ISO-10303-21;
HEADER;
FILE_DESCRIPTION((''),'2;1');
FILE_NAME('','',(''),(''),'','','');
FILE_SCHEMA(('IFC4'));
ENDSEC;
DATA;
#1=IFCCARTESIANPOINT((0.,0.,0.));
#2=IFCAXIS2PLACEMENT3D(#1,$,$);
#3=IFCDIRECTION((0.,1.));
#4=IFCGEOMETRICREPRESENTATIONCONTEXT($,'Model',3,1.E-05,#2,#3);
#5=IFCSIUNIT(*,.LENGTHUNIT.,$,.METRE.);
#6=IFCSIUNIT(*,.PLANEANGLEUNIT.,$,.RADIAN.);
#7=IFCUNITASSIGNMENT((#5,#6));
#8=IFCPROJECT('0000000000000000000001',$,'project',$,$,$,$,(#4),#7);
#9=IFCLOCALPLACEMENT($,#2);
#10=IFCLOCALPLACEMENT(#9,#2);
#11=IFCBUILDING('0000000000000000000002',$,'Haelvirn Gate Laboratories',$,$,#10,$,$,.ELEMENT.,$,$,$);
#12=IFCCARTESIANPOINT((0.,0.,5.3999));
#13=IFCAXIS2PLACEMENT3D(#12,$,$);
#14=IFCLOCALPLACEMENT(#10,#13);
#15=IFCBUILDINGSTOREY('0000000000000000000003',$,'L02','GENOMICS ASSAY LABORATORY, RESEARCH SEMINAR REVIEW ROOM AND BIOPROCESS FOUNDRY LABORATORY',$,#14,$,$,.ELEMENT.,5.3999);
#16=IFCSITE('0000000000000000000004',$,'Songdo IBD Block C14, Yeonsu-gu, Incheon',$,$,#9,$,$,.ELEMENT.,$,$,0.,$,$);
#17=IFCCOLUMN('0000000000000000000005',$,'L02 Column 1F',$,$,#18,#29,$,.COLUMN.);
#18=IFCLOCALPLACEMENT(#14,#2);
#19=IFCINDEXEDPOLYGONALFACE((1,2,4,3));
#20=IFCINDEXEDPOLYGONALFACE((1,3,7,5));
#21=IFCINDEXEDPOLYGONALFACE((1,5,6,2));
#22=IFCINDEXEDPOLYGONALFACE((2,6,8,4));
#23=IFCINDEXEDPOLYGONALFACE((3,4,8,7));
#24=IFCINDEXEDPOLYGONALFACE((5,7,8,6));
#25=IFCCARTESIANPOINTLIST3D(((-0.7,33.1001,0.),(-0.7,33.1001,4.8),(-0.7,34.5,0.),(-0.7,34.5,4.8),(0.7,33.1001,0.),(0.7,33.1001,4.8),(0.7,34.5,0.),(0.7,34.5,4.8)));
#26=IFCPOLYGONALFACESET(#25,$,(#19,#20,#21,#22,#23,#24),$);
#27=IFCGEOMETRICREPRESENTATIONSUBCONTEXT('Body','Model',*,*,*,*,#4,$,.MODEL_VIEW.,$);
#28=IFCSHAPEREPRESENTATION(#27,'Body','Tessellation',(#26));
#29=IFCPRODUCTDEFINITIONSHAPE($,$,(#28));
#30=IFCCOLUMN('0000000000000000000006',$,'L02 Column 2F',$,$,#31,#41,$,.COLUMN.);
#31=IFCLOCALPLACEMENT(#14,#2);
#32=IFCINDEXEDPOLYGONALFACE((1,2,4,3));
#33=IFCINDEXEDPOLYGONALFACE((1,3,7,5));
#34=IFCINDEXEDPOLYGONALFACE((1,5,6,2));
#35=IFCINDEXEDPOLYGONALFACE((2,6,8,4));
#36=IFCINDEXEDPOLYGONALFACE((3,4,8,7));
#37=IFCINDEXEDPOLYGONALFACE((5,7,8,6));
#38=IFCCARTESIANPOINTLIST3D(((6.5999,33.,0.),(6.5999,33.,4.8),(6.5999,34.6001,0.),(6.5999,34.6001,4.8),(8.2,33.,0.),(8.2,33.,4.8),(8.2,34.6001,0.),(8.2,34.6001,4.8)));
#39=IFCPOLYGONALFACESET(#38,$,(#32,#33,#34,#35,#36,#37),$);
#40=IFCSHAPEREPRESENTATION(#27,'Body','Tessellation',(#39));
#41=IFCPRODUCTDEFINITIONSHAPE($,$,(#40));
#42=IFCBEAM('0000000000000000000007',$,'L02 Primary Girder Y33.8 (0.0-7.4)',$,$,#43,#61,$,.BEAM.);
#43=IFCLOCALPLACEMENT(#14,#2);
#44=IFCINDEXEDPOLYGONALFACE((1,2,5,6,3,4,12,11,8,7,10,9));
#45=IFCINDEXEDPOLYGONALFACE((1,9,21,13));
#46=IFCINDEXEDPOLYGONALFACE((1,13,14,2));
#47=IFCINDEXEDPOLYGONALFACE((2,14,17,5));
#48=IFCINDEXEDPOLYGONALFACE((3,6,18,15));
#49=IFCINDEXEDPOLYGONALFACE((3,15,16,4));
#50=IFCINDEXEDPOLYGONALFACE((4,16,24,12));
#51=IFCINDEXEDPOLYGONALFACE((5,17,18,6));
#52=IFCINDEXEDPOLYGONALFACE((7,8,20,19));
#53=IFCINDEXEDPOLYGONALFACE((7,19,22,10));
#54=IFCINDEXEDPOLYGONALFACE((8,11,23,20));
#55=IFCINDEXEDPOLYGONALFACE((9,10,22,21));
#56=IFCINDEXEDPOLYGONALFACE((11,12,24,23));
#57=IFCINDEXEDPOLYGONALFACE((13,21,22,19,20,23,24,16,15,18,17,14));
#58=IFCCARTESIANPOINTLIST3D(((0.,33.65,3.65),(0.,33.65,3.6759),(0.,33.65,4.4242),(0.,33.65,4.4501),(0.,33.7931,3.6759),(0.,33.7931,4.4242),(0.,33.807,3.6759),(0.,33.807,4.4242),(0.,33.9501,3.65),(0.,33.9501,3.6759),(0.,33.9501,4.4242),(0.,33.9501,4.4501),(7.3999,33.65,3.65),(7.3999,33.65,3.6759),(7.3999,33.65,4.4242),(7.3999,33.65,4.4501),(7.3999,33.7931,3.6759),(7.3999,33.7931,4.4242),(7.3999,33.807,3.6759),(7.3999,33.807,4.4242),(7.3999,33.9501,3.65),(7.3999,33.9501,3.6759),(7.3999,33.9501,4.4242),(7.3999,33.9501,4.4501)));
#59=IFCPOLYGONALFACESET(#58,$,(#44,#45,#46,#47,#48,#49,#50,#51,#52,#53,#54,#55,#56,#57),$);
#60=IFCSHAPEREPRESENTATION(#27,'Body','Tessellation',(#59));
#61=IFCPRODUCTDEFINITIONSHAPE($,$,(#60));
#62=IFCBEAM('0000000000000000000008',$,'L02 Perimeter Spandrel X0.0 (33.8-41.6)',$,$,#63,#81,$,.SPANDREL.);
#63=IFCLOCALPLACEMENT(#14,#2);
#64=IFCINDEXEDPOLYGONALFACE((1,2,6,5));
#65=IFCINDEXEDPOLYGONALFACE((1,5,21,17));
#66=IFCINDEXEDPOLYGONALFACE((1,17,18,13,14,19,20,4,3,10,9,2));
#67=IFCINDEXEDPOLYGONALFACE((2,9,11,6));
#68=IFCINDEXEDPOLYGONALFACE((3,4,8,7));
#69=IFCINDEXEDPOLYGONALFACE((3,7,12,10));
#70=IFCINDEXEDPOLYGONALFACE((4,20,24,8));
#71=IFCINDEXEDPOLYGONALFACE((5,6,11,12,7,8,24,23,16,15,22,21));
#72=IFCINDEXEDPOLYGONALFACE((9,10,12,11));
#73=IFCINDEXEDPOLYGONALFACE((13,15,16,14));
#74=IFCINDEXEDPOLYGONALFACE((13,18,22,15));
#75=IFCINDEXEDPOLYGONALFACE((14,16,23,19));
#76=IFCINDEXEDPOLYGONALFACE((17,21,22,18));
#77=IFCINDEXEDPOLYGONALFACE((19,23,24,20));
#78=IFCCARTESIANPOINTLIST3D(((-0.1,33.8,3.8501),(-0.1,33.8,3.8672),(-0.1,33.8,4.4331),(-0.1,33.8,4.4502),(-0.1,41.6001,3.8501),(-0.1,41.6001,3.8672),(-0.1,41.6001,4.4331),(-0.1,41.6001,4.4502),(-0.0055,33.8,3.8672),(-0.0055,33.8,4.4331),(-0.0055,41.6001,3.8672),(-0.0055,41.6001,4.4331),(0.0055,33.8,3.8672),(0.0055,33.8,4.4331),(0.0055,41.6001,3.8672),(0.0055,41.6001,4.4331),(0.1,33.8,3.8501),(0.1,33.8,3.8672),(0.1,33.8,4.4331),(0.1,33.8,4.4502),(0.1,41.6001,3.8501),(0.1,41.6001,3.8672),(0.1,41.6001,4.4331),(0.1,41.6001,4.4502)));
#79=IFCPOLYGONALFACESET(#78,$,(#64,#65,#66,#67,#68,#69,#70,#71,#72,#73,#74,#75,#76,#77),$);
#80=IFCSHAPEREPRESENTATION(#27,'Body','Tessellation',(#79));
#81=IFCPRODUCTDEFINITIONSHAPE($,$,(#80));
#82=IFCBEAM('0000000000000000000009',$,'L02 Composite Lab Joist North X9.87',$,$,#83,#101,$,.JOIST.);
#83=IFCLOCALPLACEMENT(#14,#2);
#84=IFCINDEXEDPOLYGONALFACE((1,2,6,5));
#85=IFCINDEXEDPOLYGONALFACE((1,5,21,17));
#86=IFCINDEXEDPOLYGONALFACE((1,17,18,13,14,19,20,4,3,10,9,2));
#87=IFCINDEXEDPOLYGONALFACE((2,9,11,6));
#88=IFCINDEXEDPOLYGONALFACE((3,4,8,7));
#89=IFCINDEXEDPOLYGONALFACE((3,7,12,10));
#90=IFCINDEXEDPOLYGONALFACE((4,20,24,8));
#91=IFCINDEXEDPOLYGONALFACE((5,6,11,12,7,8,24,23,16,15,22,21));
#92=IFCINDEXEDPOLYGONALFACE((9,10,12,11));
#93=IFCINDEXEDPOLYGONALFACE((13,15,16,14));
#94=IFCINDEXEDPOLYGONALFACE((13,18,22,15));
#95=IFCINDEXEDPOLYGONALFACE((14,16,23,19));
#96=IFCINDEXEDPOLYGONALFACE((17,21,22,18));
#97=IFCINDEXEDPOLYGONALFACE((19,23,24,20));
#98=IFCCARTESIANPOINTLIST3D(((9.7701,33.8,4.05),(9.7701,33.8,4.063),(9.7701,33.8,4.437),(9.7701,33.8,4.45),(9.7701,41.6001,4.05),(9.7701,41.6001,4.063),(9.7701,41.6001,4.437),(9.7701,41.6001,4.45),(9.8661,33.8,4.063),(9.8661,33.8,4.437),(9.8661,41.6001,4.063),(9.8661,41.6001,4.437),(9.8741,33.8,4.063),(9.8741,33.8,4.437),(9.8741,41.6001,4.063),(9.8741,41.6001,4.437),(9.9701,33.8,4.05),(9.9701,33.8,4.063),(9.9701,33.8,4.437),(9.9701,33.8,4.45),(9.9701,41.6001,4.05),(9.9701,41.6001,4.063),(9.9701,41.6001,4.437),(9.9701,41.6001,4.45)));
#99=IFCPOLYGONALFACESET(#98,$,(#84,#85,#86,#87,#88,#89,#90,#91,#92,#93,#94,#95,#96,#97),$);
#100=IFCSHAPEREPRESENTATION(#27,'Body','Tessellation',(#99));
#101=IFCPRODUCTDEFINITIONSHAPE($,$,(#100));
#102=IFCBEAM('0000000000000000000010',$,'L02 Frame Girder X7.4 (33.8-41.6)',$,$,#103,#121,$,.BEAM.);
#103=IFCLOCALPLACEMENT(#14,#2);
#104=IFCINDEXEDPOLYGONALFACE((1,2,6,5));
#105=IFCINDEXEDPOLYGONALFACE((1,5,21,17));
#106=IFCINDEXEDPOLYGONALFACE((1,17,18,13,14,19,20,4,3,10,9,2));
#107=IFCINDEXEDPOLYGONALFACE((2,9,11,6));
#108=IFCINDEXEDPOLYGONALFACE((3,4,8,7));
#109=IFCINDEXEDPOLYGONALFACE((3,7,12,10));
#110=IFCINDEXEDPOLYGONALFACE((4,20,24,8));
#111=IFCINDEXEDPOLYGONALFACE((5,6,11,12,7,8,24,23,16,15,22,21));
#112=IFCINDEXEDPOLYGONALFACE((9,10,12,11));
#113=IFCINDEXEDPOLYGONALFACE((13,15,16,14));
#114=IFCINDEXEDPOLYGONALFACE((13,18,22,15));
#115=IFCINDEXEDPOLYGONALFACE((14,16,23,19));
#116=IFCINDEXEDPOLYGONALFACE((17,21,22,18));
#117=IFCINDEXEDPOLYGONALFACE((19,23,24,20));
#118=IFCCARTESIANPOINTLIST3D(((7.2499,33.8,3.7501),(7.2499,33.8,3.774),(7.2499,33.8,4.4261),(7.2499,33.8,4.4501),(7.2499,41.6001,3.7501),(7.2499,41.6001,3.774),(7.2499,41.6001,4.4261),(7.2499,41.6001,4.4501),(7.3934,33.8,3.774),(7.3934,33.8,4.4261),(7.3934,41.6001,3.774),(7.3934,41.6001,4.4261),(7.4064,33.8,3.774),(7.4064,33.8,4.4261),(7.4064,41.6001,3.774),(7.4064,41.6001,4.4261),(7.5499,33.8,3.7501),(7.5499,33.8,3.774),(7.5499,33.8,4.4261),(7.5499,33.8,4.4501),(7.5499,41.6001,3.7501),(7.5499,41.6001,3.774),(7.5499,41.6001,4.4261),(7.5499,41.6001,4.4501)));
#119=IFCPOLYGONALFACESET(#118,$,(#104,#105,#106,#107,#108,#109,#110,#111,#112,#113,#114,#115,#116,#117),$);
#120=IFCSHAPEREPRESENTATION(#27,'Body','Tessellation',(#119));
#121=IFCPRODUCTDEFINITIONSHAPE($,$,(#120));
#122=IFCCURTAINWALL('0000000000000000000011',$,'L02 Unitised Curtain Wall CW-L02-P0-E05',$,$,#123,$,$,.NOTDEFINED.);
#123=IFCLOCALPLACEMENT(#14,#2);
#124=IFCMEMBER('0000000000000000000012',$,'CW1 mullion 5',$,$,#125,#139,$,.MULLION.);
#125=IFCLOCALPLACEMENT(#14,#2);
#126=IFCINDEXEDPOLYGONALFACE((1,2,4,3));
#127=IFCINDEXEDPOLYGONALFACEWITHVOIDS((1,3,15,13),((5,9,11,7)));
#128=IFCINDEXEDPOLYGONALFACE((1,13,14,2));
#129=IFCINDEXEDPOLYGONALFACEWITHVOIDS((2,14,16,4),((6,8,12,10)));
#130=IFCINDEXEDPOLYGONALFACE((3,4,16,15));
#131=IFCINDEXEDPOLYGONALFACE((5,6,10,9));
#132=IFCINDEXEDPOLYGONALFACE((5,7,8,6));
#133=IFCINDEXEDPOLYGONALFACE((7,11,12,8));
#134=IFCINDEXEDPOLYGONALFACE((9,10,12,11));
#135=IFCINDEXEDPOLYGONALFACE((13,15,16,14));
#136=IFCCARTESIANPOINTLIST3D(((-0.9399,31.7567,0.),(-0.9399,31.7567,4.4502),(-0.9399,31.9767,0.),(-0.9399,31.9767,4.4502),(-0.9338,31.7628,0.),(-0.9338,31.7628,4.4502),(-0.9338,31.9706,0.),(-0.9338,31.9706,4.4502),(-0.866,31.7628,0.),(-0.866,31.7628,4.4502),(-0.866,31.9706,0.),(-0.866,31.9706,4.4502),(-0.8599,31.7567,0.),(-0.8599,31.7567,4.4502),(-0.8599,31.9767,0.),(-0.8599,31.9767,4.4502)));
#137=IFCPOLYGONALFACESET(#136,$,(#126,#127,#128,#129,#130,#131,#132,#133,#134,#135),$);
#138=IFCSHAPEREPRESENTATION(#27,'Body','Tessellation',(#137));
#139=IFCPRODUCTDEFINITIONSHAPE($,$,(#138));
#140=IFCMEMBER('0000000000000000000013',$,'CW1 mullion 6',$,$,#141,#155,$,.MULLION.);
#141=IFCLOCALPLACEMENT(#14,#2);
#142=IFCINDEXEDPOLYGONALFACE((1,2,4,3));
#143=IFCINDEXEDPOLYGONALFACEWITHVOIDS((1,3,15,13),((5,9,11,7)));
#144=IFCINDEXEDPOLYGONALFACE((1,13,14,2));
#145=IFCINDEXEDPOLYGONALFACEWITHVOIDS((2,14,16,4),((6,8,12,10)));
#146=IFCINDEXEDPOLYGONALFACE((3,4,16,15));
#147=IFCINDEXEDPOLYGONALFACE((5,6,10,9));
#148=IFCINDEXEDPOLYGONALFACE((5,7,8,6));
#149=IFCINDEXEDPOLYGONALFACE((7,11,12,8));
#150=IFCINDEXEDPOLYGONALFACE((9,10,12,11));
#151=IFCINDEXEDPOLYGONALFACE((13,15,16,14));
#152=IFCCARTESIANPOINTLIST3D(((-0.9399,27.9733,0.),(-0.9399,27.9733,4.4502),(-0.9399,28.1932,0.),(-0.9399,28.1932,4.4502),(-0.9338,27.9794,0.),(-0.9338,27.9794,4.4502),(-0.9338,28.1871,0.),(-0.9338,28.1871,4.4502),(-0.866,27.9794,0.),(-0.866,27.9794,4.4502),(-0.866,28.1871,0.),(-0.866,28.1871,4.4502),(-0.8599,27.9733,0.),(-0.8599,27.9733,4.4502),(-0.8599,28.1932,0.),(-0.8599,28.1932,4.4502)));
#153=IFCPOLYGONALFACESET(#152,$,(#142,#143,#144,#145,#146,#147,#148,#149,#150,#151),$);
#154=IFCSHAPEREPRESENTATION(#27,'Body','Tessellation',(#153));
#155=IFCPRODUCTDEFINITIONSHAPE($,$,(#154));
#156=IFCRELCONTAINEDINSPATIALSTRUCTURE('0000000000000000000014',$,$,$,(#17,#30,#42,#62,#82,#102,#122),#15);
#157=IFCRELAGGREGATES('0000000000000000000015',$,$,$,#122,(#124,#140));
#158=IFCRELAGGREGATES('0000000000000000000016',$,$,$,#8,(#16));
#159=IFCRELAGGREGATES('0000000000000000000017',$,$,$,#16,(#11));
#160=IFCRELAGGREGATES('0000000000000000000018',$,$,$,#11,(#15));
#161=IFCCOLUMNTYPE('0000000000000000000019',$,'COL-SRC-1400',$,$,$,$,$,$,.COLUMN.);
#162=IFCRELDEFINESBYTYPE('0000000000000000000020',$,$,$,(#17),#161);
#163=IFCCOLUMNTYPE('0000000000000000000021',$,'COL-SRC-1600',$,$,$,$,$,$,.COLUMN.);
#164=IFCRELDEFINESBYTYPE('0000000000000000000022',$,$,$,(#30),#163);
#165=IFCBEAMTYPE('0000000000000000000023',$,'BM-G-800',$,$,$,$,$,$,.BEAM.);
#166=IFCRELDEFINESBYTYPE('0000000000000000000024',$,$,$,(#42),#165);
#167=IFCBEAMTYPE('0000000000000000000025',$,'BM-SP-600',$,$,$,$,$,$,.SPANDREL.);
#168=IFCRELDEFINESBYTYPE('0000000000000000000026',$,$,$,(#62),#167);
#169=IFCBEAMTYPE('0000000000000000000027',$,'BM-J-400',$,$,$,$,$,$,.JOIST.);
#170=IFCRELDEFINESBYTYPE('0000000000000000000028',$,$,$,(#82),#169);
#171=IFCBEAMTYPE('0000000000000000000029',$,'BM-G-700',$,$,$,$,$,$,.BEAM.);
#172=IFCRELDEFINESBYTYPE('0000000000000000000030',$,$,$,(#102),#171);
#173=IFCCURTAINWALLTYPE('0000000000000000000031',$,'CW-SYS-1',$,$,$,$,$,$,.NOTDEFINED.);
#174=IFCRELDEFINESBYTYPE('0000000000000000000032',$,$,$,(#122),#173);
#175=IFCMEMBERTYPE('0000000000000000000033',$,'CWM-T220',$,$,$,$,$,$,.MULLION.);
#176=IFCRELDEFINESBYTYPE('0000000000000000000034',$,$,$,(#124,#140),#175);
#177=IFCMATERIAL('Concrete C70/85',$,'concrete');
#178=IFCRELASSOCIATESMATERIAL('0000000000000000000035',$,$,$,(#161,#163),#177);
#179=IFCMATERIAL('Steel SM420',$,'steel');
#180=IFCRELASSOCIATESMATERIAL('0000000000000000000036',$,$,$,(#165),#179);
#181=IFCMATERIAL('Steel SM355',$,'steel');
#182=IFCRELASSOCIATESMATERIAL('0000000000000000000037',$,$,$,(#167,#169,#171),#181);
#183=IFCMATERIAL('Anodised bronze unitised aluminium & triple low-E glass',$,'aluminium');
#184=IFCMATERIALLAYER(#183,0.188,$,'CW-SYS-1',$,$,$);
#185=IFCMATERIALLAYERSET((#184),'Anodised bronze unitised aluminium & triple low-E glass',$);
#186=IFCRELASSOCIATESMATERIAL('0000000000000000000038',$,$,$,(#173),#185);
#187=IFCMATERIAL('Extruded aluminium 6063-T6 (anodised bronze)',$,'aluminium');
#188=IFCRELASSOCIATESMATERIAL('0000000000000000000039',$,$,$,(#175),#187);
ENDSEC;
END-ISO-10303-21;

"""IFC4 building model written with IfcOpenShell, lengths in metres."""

from ifc_helpers import new_model, si_unit, direction, frame, origin, origin_2d, place, context, subcontext, project, spatial, rectangle, hollow_rectangle, i_section, extrude, source, transform, mapped, material, layer, layer_set, material_profile, profile_set, type_object, type_shapes, element, aggregate, save


model = new_model("IFC4")

# Units and contexts
model_context = context("Model", 3, precision=1e-05, world=origin(), true_north=direction((0.0, 1.0)))
body_context = subcontext(model_context, "Body", "Model", "MODEL_VIEW")
ifc_project = project(units=[si_unit("LENGTHUNIT", "METRE"), si_unit("PLANEANGLEUNIT", "RADIAN")], contexts=[model_context])

# Site, building, storey
site_placement = place(None, origin())
site = spatial("IfcSite", under=ifc_project, at=site_placement, Name="Songdo IBD Block C14, Yeonsu-gu, Incheon", CompositionType="ELEMENT", RefElevation=0.0)
building_placement = place(site_placement, origin())
building = spatial("IfcBuilding", under=site, at=building_placement, Name="Haelvirn Gate Laboratories", CompositionType="ELEMENT")
storey_placement = place(building_placement, frame((0.0, 0.0, 5.3999)))
storey = spatial("IfcBuildingStorey", under=building, at=storey_placement, Name="L02", Description="GENOMICS ASSAY LABORATORY, RESEARCH SEMINAR REVIEW ROOM AND BIOPROCESS FOUNDRY LABORATORY", CompositionType="ELEMENT", Elevation=5.3999)

# Columns
ifc_material_1 = material(Name="Concrete C70/85", Category="concrete")
ifc_material_profile_1 = material_profile(ifc_material_1, rectangle(XDim=1.3999, YDim=1.3999, at=origin_2d()), Name="SRC-1400x1400")
ifc_profile_set_1 = profile_set([ifc_material_profile_1], Name="Concrete C70/85")
column_type_1 = type_object("IfcColumnType", Name="COL-SRC-1400", PredefinedType="COLUMN", material=ifc_profile_set_1)
shared_shape_1 = source(origin(), body_context, "Body", "SweptSolid", [
    extrude(rectangle(XDim=1.3999, YDim=1.3999, at=origin_2d()), origin(), (0.0, 0.0, 1.0), 4.8),
])
type_shapes(column_type_1, [shared_shape_1])
column_1_placement = place(storey_placement, frame((0.0, 33.8, 0.0), z_axis=(0.0, 0.0, 1.0), x_axis=(1.0, 0.0, 0.0)))
element("IfcColumn", 1, at=column_1_placement, inside=storey, type_object=column_type_1, Name="L02 Column 1F", PredefinedType="COLUMN", context=body_context, shape_type="MappedRepresentation", body=[
    mapped(shared_shape_1, transform((0.0, 0.0, 0.0), scale=1.0)),
])
ifc_material_profile_2 = material_profile(ifc_material_1, rectangle(XDim=1.6001, YDim=1.6001, at=origin_2d()), Name="SRC-1600x1600")
ifc_profile_set_2 = profile_set([ifc_material_profile_2], Name="Concrete C70/85")
column_type_2 = type_object("IfcColumnType", Name="COL-SRC-1600", PredefinedType="COLUMN", material=ifc_profile_set_2)
shared_shape_2 = source(origin(), body_context, "Body", "SweptSolid", [
    extrude(rectangle(XDim=1.6001, YDim=1.6001, at=origin_2d()), origin(), (0.0, 0.0, 1.0), 4.8),
])
type_shapes(column_type_2, [shared_shape_2])
column_2_placement = place(storey_placement, frame((7.3999, 33.8, 0.0), z_axis=(0.0, 0.0, 1.0), x_axis=(1.0, 0.0, 0.0)))
element("IfcColumn", 2, at=column_2_placement, inside=storey, type_object=column_type_2, Name="L02 Column 2F", PredefinedType="COLUMN", context=body_context, shape_type="MappedRepresentation", body=[
    mapped(shared_shape_2, transform((0.0, 0.0, 0.0), scale=1.0)),
])

# Beams
ifc_material_2 = material(Name="Steel SM420", Category="steel")
ifc_material_profile_3 = material_profile(ifc_material_2, i_section(OverallWidth=0.3, OverallDepth=0.8, WebThickness=0.0139, FlangeThickness=0.0259, at=origin_2d()), Name="H-800x300x14x26")
ifc_profile_set_3 = profile_set([ifc_material_profile_3], Name="Steel SM420")
beam_type_1 = type_object("IfcBeamType", Name="BM-G-800", PredefinedType="BEAM", material=ifc_profile_set_3)
shared_shape_3 = source(origin(), body_context, "Body", "SweptSolid", [
    extrude(i_section(OverallWidth=0.3, OverallDepth=0.8, WebThickness=0.0139, FlangeThickness=0.0259, at=origin_2d()), origin(), (0.0, 0.0, 1.0), 7.3999),
])
type_shapes(beam_type_1, [shared_shape_3])
beam_1_placement = place(storey_placement, frame((0.0, 33.8, 4.05), z_axis=(1.0, 0.0, 0.0), x_axis=(0.0, 1.0, 0.0)))
element("IfcBeam", 3, at=beam_1_placement, inside=storey, type_object=beam_type_1, Name="L02 Primary Girder Y33.8 (0.0-7.4)", PredefinedType="BEAM", context=body_context, shape_type="MappedRepresentation", body=[
    mapped(shared_shape_3, transform((0.0, 0.0, 0.0), scale=1.0)),
])
ifc_material_3 = material(Name="Steel SM355", Category="steel")
ifc_material_profile_4 = material_profile(ifc_material_3, i_section(OverallWidth=0.2, OverallDepth=0.6001, WebThickness=0.011, FlangeThickness=0.0171, at=origin_2d()), Name="H-600x200x11x17")
ifc_profile_set_4 = profile_set([ifc_material_profile_4], Name="Steel SM355")
beam_type_2 = type_object("IfcBeamType", Name="BM-SP-600", PredefinedType="SPANDREL", material=ifc_profile_set_4)
shared_shape_4 = source(origin(), body_context, "Body", "SweptSolid", [
    extrude(i_section(OverallWidth=0.2, OverallDepth=0.6001, WebThickness=0.011, FlangeThickness=0.0171, at=origin_2d()), origin(), (0.0, 0.0, 1.0), 7.8),
])
type_shapes(beam_type_2, [shared_shape_4])
beam_2_placement = place(storey_placement, frame((0.0, 33.8, 4.1501), z_axis=(0.0, 1.0, 0.0), x_axis=(-1.0, 0.0, 0.0)))
element("IfcBeam", 4, at=beam_2_placement, inside=storey, type_object=beam_type_2, Name="L02 Perimeter Spandrel X0.0 (33.8-41.6)", PredefinedType="SPANDREL", context=body_context, shape_type="MappedRepresentation", body=[
    mapped(shared_shape_4, transform((0.0, 0.0, 0.0), scale=1.0)),
])
ifc_material_profile_5 = material_profile(ifc_material_3, i_section(OverallWidth=0.2, OverallDepth=0.3999, WebThickness=0.0081, FlangeThickness=0.0129, at=origin_2d()), Name="H-400x200x8x13")
ifc_profile_set_5 = profile_set([ifc_material_profile_5], Name="Steel SM355")
beam_type_3 = type_object("IfcBeamType", Name="BM-J-400", PredefinedType="JOIST", material=ifc_profile_set_5)
shared_shape_5 = source(origin(), body_context, "Body", "SweptSolid", [
    extrude(i_section(OverallWidth=0.2, OverallDepth=0.3999, WebThickness=0.0081, FlangeThickness=0.0129, at=origin_2d()), origin(), (0.0, 0.0, 1.0), 7.8),
])
type_shapes(beam_type_3, [shared_shape_5])
beam_3_placement = place(storey_placement, frame((9.8701, 33.8, 4.25), z_axis=(0.0, 1.0, 0.0), x_axis=(-1.0, 0.0, 0.0)))
element("IfcBeam", 5, at=beam_3_placement, inside=storey, type_object=beam_type_3, Name="L02 Composite Lab Joist North X9.87", PredefinedType="JOIST", context=body_context, shape_type="MappedRepresentation", body=[
    mapped(shared_shape_5, transform((0.0, 0.0, 0.0), scale=1.0)),
])
ifc_material_profile_6 = material_profile(ifc_material_3, i_section(OverallWidth=0.3, OverallDepth=0.7, WebThickness=0.0129, FlangeThickness=0.0239, at=origin_2d()), Name="H-700x300x13x24")
ifc_profile_set_6 = profile_set([ifc_material_profile_6], Name="Steel SM355")
beam_type_4 = type_object("IfcBeamType", Name="BM-G-700", PredefinedType="BEAM", material=ifc_profile_set_6)
shared_shape_6 = source(origin(), body_context, "Body", "SweptSolid", [
    extrude(i_section(OverallWidth=0.3, OverallDepth=0.7, WebThickness=0.0129, FlangeThickness=0.0239, at=origin_2d()), origin(), (0.0, 0.0, 1.0), 7.8),
])
type_shapes(beam_type_4, [shared_shape_6])
beam_4_placement = place(storey_placement, frame((7.3999, 33.8, 4.1001), z_axis=(0.0, 1.0, 0.0), x_axis=(-1.0, 0.0, 0.0)))
element("IfcBeam", 6, at=beam_4_placement, inside=storey, type_object=beam_type_4, Name="L02 Frame Girder X7.4 (33.8-41.6)", PredefinedType="BEAM", context=body_context, shape_type="MappedRepresentation", body=[
    mapped(shared_shape_6, transform((0.0, 0.0, 0.0), scale=1.0)),
])

# Curtain wall, members
ifc_material_4 = material(Name="Anodised bronze unitised aluminium & triple low-E glass", Category="aluminium")
ifc_layer_1 = layer(ifc_material_4, 0.188, Name="CW-SYS-1")
ifc_layer_set_1 = layer_set([ifc_layer_1], Name="Anodised bronze unitised aluminium & triple low-E glass")
curtain_wall_type = type_object("IfcCurtainWallType", Name="CW-SYS-1", PredefinedType="NOTDEFINED", material=ifc_layer_set_1)
curtain_wall_placement = place(storey_placement, origin())
curtain_wall = element("IfcCurtainWall", 7, at=curtain_wall_placement, inside=storey, type_object=curtain_wall_type, Name="L02 Unitised Curtain Wall CW-L02-P0-E05", PredefinedType="NOTDEFINED")
ifc_material_5 = material(Name="Extruded aluminium 6063-T6 (anodised bronze)", Category="aluminium")
ifc_material_profile_7 = material_profile(ifc_material_5, hollow_rectangle(XDim=0.0801, YDim=0.22, WallThickness=0.0061, at=origin_2d()), Name="CWM-220x80x6")
ifc_profile_set_7 = profile_set([ifc_material_profile_7], Name="Extruded aluminium 6063-T6 (anodised bronze)")
member_type_1 = type_object("IfcMemberType", Name="CWM-T220", PredefinedType="MULLION", material=ifc_profile_set_7)
shared_shape_7 = source(origin(), body_context, "Body", "SweptSolid", [
    extrude(hollow_rectangle(XDim=0.0801, YDim=0.22, WallThickness=0.0061, at=origin_2d()), origin(), (0.0, 0.0, 1.0), 4.4502),
])
type_shapes(member_type_1, [shared_shape_7])
member_1_placement = place(storey_placement, frame((-0.8999, 31.8667, 0.0), z_axis=(0.0, 0.0, 1.0), x_axis=(1.0, 0.0, 0.0)))
member_1 = element("IfcMember", 8, at=member_1_placement, type_object=member_type_1, Name="CW1 mullion 5", PredefinedType="MULLION", context=body_context, shape_type="MappedRepresentation", body=[
    mapped(shared_shape_7, transform((0.0, 0.0, 0.0), scale=1.0)),
])
member_2_placement = place(storey_placement, frame((-0.8999, 28.0833, 0.0), z_axis=(0.0, 0.0, 1.0), x_axis=(1.0, 0.0, 0.0)))
member_2 = element("IfcMember", 9, at=member_2_placement, type_object=member_type_1, Name="CW1 mullion 6", PredefinedType="MULLION", context=body_context, shape_type="MappedRepresentation", body=[
    mapped(shared_shape_7, transform((0.0, 0.0, 0.0), scale=1.0)),
])
aggregate(curtain_wall, [member_1, member_2])

save(model, "model.ifc")
